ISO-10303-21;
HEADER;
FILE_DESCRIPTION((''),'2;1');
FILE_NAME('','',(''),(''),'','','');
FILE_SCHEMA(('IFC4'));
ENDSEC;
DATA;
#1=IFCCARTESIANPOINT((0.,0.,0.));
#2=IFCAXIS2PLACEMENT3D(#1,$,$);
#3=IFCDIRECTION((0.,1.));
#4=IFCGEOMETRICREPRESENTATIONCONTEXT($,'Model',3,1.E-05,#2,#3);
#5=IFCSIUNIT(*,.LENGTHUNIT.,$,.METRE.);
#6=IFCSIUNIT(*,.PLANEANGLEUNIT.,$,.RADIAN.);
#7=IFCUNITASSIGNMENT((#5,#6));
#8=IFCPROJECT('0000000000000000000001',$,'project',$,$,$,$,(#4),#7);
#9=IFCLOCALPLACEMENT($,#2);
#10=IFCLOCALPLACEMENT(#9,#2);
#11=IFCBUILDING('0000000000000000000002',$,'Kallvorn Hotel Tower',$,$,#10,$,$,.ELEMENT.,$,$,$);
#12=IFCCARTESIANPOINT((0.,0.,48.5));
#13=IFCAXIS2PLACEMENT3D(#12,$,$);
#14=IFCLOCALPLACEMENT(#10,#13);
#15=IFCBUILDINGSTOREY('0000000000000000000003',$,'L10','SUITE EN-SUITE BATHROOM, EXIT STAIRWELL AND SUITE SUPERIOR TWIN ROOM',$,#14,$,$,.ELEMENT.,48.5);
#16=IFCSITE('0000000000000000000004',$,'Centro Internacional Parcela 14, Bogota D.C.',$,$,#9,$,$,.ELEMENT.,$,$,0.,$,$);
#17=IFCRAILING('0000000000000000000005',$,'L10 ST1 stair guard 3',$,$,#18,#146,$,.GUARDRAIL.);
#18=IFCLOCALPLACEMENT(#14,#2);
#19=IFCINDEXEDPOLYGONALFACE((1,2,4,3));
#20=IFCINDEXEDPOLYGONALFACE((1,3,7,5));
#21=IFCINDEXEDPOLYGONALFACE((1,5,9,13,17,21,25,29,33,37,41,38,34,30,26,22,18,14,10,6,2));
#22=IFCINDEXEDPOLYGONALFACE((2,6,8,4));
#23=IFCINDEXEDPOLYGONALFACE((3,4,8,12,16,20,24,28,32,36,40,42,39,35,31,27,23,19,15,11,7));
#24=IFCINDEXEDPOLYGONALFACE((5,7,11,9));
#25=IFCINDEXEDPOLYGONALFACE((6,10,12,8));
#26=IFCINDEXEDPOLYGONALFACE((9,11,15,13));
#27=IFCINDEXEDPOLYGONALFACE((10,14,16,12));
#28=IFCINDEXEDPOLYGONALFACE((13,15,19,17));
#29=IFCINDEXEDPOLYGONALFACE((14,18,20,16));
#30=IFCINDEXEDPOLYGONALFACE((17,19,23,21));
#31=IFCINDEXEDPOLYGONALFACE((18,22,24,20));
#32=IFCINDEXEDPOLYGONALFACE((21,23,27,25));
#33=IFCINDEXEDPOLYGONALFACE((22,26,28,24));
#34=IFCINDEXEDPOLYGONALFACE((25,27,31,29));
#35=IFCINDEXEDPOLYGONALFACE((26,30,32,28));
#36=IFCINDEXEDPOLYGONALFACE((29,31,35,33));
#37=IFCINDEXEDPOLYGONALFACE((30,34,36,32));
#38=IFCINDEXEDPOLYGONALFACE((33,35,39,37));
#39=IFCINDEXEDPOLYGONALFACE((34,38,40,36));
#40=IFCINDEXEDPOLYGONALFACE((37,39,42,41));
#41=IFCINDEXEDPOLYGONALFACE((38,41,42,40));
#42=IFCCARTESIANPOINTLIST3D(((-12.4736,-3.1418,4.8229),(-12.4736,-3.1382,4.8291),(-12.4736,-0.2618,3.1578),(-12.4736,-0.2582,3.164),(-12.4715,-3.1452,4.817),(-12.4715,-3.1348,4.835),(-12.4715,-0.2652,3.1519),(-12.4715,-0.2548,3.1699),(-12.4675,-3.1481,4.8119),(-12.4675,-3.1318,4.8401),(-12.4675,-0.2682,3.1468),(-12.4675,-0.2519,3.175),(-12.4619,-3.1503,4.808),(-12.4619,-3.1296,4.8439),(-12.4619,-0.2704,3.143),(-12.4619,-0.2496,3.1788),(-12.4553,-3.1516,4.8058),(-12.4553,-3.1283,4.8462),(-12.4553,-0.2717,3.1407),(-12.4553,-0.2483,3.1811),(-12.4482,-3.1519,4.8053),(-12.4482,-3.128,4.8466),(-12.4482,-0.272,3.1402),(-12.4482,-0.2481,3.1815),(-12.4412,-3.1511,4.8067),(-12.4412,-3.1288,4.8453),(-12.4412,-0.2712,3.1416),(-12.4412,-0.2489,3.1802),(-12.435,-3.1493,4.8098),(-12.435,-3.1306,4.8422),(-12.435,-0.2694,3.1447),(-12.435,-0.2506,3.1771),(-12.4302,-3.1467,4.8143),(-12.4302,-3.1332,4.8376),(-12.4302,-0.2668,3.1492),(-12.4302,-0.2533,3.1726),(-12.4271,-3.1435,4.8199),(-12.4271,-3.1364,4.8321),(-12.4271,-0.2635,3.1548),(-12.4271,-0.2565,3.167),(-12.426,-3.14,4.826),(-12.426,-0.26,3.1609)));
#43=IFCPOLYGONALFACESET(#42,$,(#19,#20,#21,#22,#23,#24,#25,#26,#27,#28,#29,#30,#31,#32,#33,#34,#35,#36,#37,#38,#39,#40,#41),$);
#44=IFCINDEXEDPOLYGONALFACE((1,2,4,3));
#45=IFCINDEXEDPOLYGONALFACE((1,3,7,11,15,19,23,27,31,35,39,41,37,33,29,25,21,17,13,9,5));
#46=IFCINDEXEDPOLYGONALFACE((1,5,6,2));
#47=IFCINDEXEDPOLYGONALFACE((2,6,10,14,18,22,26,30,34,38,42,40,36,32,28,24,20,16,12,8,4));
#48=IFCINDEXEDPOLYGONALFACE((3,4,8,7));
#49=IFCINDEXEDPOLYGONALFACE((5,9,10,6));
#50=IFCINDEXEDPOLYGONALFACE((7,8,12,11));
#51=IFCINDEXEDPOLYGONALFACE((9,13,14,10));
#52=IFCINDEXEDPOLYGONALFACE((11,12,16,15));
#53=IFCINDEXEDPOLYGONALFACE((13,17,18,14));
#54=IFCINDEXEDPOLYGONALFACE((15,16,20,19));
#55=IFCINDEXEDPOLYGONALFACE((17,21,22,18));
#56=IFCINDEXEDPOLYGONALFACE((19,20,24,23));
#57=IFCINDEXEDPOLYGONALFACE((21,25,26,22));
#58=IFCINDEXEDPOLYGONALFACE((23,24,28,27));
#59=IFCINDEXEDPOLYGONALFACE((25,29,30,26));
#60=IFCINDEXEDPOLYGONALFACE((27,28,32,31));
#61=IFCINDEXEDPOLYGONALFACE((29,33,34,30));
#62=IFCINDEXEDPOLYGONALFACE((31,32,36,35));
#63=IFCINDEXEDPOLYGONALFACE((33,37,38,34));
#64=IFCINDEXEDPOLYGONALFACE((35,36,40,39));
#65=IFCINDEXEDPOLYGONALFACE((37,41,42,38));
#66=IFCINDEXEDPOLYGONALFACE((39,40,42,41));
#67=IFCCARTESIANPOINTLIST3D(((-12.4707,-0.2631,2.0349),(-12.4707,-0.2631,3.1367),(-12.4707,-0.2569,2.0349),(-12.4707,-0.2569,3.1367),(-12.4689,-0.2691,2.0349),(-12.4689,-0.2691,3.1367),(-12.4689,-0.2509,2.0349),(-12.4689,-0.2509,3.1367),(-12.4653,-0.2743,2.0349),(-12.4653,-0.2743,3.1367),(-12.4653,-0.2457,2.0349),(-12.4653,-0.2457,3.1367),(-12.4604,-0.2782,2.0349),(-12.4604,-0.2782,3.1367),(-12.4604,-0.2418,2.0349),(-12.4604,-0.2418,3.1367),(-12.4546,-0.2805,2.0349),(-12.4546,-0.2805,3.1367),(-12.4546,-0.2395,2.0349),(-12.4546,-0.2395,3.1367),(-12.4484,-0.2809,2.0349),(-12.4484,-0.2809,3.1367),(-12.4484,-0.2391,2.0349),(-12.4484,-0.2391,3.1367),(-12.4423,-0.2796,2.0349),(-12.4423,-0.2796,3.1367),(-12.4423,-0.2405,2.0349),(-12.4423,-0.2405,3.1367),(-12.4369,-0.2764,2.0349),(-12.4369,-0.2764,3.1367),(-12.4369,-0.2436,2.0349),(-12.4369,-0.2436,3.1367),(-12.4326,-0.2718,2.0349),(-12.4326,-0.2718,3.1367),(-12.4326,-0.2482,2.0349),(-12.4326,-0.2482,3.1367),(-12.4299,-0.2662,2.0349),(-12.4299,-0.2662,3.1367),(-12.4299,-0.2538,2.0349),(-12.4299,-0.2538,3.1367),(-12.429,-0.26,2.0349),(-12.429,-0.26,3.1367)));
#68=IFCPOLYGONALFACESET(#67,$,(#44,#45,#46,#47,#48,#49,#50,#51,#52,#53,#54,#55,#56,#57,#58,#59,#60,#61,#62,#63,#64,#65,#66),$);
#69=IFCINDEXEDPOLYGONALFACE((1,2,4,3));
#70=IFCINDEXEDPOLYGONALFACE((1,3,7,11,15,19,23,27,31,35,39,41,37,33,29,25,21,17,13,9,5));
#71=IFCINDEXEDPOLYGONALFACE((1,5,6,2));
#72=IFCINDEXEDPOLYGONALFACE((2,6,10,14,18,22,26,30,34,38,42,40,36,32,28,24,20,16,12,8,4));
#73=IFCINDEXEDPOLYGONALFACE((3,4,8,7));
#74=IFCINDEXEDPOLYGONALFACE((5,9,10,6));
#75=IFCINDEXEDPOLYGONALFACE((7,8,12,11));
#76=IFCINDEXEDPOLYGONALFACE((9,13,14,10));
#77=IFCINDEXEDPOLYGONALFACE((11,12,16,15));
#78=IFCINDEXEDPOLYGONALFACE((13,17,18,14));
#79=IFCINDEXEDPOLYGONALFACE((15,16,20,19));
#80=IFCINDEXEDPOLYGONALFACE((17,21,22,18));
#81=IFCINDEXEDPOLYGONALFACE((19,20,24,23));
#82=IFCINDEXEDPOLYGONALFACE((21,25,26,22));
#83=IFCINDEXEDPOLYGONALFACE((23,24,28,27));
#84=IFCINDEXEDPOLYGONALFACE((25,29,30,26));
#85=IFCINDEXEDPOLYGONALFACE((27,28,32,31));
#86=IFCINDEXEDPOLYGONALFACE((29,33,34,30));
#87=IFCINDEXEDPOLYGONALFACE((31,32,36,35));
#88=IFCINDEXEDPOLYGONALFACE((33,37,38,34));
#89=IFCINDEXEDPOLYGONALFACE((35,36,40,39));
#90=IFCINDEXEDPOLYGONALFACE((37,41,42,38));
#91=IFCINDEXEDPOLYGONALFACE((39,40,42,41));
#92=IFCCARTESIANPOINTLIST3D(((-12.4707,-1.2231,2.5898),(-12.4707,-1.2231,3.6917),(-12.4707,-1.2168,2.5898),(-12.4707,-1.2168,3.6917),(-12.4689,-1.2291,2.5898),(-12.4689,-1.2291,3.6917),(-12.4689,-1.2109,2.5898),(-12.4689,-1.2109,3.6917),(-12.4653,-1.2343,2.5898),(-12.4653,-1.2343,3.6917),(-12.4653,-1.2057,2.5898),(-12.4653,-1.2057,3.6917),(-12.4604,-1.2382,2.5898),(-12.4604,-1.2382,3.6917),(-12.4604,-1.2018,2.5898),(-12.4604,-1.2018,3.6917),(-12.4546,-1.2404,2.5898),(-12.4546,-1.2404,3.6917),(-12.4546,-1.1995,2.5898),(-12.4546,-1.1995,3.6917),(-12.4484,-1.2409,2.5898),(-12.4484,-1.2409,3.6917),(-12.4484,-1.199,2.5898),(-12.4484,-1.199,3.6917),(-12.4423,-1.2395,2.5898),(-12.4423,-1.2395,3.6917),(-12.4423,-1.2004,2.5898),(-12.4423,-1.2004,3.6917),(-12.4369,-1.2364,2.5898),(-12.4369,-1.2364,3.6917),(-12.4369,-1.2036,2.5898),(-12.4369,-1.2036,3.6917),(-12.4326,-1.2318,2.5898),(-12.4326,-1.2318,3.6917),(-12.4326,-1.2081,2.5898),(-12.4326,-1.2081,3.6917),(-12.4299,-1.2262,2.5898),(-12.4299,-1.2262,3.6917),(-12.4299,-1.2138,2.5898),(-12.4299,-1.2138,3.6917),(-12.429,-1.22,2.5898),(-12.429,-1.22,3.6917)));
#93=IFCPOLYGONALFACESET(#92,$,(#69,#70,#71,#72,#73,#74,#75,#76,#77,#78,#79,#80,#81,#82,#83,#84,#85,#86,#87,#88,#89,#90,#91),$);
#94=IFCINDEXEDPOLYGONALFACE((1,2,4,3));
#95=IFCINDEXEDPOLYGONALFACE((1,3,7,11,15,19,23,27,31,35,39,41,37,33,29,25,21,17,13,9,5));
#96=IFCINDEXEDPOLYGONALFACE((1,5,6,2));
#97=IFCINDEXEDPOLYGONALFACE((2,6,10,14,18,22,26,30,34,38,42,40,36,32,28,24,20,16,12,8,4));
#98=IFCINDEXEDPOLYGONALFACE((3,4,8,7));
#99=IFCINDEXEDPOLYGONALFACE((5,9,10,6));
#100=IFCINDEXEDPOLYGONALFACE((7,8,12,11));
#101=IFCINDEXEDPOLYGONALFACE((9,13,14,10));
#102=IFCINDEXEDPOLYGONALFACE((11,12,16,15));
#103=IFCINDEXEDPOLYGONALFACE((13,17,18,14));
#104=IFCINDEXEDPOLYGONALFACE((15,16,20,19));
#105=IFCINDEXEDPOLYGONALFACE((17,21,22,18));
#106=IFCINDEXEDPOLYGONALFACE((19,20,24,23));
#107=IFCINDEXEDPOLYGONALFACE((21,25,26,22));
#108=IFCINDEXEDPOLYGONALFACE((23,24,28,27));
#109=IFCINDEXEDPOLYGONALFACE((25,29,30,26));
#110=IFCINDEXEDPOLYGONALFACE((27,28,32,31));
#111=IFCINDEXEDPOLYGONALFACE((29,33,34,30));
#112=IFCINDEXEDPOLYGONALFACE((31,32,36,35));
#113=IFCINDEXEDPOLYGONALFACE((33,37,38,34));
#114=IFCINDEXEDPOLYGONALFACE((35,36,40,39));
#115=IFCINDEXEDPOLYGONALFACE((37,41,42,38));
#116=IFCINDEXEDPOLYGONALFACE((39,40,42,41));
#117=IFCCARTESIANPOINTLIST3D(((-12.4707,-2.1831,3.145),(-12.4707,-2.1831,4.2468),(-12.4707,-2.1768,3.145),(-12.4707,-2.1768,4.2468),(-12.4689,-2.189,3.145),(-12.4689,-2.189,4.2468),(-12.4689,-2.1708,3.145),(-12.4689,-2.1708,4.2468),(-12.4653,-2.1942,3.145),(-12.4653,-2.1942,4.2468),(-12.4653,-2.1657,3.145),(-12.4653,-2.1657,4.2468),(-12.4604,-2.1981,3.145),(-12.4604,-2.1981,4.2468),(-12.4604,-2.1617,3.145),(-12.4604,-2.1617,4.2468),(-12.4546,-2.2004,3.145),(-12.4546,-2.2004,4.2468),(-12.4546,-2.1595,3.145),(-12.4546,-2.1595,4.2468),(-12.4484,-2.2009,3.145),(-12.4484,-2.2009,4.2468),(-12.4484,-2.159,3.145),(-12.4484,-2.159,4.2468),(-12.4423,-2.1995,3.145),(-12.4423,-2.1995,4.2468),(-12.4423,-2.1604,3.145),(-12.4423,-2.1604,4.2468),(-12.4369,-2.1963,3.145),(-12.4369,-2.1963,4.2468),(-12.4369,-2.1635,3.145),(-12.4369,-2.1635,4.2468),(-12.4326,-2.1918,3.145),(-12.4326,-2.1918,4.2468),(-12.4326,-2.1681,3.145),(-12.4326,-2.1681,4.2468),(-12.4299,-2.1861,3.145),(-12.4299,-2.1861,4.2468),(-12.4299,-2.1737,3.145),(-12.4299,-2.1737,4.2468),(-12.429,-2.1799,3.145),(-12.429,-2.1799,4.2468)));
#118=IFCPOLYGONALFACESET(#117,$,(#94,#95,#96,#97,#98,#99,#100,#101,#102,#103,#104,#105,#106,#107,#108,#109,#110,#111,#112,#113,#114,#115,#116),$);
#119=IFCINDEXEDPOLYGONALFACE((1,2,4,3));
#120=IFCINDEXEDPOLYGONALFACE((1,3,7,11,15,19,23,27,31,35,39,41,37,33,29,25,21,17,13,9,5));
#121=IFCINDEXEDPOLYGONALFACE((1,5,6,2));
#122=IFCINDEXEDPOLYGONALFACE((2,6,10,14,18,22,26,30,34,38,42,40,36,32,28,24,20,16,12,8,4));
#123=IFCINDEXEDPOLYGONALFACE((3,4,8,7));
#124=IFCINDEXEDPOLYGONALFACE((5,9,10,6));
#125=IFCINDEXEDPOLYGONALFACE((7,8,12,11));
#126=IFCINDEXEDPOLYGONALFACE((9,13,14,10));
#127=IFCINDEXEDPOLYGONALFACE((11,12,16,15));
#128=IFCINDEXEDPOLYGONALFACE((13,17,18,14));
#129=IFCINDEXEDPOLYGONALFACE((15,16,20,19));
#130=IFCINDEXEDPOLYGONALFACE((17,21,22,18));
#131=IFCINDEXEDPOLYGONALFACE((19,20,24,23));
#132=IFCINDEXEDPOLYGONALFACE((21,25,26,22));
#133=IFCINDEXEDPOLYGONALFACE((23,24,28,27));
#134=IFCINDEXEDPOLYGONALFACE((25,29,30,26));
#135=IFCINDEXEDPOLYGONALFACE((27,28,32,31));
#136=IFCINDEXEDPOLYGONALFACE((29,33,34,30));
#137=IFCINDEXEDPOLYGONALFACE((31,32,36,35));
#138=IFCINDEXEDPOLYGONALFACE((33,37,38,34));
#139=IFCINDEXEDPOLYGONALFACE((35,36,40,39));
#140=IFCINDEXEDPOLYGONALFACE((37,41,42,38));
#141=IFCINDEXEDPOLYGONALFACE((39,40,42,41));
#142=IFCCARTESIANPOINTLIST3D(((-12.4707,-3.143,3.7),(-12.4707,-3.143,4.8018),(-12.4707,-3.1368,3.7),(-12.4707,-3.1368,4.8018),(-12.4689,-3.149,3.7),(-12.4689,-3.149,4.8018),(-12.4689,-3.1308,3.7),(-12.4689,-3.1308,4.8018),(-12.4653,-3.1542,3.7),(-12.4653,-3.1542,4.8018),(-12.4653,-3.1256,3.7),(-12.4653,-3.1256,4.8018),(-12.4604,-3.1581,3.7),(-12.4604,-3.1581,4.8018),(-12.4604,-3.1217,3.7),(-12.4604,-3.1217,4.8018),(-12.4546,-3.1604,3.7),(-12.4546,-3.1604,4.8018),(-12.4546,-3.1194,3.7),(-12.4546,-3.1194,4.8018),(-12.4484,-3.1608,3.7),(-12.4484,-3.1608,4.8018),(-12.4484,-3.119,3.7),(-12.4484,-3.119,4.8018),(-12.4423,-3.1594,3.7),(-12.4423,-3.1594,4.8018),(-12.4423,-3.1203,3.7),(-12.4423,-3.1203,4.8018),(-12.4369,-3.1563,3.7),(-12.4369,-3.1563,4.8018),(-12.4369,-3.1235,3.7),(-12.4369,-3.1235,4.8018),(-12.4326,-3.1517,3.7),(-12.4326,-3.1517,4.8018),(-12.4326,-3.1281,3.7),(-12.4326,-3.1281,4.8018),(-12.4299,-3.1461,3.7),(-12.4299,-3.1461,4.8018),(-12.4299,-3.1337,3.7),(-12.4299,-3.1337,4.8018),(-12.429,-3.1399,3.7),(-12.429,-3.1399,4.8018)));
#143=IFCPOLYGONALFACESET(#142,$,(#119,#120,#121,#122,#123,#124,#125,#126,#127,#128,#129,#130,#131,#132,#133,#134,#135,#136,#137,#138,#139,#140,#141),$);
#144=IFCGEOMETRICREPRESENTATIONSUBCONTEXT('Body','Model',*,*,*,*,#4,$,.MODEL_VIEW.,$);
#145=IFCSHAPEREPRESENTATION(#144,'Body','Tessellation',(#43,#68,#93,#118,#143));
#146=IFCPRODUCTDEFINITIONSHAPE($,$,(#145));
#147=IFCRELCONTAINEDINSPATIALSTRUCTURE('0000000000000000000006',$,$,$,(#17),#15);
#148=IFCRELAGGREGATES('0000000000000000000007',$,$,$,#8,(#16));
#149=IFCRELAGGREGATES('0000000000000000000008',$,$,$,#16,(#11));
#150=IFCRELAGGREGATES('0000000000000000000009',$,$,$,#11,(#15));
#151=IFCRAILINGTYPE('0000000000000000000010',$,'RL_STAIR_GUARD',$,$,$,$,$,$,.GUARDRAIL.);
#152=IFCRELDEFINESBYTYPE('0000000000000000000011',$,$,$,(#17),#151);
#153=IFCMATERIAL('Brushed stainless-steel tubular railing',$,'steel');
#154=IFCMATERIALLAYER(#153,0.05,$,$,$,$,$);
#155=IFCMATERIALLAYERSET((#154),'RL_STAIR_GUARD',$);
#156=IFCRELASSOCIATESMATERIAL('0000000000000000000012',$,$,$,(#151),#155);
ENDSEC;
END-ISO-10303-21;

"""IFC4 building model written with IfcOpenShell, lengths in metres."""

from ifc_helpers import new_model, si_unit, direction, frame, origin, origin_2d, place, context, subcontext, project, spatial, circle, extrude, material, layer, layer_set, type_object, element, save


model = new_model("IFC4")

# Units and contexts
model_context = context("Model", 3, precision=1e-05, world=origin(), true_north=direction((0.0, 1.0)))
body_context = subcontext(model_context, "Body", "Model", "MODEL_VIEW")
ifc_project = project(units=[si_unit("LENGTHUNIT", "METRE"), si_unit("PLANEANGLEUNIT", "RADIAN")], contexts=[model_context])

# Site, building, storey
site_placement = place(None, origin())
site = spatial("IfcSite", under=ifc_project, at=site_placement, Name="Centro Internacional Parcela 14, Bogota D.C.", CompositionType="ELEMENT", RefElevation=0.0)
building_placement = place(site_placement, origin())
building = spatial("IfcBuilding", under=site, at=building_placement, Name="Kallvorn Hotel Tower", CompositionType="ELEMENT")
storey_placement = place(building_placement, frame((0.0, 0.0, 48.5)))
storey = spatial("IfcBuildingStorey", under=building, at=storey_placement, Name="L10", Description="SUITE EN-SUITE BATHROOM, EXIT STAIRWELL AND SUITE SUPERIOR TWIN ROOM", CompositionType="ELEMENT", Elevation=48.5)

# Railing
ifc_material_1 = material(Name="Brushed stainless-steel tubular railing", Category="steel")
ifc_layer_1 = layer(ifc_material_1, 0.05)
ifc_layer_set_1 = layer_set([ifc_layer_1], Name="RL_STAIR_GUARD")
railing_type_1 = type_object("IfcRailingType", Name="RL_STAIR_GUARD", PredefinedType="GUARDRAIL", material=ifc_layer_set_1)
railing_1_placement = place(storey_placement, frame((-12.45, -0.26, 2.0349)))
element("IfcRailing", 1, at=railing_1_placement, inside=storey, type_object=railing_type_1, Name="L10 ST1 stair guard 3", PredefinedType="GUARDRAIL", context=body_context, shape_type="SweptSolid", body=[
    extrude(circle(Radius=0.0239, at=origin_2d()), frame((0.0, 0.0, 1.126), z_axis=(0.0, -0.865721, 0.500527), x_axis=(1.0, 0.0, 0.0)), (0.0, 0.0, 1.0), 3.3267),
    extrude(circle(Radius=0.021, at=origin_2d()), origin(), (0.0, 0.0, 1.0), 1.1018),
    extrude(circle(Radius=0.021, at=origin_2d()), frame((0.0, -0.96, 0.5549)), (0.0, 0.0, 1.0), 1.1018),
    extrude(circle(Radius=0.021, at=origin_2d()), frame((0.0, -1.9199, 1.1101)), (0.0, 0.0, 1.0), 1.1018),
    extrude(circle(Radius=0.021, at=origin_2d()), frame((0.0, -2.8799, 1.665)), (0.0, 0.0, 1.0), 1.1018),
])

save(model, "model.ifc")
